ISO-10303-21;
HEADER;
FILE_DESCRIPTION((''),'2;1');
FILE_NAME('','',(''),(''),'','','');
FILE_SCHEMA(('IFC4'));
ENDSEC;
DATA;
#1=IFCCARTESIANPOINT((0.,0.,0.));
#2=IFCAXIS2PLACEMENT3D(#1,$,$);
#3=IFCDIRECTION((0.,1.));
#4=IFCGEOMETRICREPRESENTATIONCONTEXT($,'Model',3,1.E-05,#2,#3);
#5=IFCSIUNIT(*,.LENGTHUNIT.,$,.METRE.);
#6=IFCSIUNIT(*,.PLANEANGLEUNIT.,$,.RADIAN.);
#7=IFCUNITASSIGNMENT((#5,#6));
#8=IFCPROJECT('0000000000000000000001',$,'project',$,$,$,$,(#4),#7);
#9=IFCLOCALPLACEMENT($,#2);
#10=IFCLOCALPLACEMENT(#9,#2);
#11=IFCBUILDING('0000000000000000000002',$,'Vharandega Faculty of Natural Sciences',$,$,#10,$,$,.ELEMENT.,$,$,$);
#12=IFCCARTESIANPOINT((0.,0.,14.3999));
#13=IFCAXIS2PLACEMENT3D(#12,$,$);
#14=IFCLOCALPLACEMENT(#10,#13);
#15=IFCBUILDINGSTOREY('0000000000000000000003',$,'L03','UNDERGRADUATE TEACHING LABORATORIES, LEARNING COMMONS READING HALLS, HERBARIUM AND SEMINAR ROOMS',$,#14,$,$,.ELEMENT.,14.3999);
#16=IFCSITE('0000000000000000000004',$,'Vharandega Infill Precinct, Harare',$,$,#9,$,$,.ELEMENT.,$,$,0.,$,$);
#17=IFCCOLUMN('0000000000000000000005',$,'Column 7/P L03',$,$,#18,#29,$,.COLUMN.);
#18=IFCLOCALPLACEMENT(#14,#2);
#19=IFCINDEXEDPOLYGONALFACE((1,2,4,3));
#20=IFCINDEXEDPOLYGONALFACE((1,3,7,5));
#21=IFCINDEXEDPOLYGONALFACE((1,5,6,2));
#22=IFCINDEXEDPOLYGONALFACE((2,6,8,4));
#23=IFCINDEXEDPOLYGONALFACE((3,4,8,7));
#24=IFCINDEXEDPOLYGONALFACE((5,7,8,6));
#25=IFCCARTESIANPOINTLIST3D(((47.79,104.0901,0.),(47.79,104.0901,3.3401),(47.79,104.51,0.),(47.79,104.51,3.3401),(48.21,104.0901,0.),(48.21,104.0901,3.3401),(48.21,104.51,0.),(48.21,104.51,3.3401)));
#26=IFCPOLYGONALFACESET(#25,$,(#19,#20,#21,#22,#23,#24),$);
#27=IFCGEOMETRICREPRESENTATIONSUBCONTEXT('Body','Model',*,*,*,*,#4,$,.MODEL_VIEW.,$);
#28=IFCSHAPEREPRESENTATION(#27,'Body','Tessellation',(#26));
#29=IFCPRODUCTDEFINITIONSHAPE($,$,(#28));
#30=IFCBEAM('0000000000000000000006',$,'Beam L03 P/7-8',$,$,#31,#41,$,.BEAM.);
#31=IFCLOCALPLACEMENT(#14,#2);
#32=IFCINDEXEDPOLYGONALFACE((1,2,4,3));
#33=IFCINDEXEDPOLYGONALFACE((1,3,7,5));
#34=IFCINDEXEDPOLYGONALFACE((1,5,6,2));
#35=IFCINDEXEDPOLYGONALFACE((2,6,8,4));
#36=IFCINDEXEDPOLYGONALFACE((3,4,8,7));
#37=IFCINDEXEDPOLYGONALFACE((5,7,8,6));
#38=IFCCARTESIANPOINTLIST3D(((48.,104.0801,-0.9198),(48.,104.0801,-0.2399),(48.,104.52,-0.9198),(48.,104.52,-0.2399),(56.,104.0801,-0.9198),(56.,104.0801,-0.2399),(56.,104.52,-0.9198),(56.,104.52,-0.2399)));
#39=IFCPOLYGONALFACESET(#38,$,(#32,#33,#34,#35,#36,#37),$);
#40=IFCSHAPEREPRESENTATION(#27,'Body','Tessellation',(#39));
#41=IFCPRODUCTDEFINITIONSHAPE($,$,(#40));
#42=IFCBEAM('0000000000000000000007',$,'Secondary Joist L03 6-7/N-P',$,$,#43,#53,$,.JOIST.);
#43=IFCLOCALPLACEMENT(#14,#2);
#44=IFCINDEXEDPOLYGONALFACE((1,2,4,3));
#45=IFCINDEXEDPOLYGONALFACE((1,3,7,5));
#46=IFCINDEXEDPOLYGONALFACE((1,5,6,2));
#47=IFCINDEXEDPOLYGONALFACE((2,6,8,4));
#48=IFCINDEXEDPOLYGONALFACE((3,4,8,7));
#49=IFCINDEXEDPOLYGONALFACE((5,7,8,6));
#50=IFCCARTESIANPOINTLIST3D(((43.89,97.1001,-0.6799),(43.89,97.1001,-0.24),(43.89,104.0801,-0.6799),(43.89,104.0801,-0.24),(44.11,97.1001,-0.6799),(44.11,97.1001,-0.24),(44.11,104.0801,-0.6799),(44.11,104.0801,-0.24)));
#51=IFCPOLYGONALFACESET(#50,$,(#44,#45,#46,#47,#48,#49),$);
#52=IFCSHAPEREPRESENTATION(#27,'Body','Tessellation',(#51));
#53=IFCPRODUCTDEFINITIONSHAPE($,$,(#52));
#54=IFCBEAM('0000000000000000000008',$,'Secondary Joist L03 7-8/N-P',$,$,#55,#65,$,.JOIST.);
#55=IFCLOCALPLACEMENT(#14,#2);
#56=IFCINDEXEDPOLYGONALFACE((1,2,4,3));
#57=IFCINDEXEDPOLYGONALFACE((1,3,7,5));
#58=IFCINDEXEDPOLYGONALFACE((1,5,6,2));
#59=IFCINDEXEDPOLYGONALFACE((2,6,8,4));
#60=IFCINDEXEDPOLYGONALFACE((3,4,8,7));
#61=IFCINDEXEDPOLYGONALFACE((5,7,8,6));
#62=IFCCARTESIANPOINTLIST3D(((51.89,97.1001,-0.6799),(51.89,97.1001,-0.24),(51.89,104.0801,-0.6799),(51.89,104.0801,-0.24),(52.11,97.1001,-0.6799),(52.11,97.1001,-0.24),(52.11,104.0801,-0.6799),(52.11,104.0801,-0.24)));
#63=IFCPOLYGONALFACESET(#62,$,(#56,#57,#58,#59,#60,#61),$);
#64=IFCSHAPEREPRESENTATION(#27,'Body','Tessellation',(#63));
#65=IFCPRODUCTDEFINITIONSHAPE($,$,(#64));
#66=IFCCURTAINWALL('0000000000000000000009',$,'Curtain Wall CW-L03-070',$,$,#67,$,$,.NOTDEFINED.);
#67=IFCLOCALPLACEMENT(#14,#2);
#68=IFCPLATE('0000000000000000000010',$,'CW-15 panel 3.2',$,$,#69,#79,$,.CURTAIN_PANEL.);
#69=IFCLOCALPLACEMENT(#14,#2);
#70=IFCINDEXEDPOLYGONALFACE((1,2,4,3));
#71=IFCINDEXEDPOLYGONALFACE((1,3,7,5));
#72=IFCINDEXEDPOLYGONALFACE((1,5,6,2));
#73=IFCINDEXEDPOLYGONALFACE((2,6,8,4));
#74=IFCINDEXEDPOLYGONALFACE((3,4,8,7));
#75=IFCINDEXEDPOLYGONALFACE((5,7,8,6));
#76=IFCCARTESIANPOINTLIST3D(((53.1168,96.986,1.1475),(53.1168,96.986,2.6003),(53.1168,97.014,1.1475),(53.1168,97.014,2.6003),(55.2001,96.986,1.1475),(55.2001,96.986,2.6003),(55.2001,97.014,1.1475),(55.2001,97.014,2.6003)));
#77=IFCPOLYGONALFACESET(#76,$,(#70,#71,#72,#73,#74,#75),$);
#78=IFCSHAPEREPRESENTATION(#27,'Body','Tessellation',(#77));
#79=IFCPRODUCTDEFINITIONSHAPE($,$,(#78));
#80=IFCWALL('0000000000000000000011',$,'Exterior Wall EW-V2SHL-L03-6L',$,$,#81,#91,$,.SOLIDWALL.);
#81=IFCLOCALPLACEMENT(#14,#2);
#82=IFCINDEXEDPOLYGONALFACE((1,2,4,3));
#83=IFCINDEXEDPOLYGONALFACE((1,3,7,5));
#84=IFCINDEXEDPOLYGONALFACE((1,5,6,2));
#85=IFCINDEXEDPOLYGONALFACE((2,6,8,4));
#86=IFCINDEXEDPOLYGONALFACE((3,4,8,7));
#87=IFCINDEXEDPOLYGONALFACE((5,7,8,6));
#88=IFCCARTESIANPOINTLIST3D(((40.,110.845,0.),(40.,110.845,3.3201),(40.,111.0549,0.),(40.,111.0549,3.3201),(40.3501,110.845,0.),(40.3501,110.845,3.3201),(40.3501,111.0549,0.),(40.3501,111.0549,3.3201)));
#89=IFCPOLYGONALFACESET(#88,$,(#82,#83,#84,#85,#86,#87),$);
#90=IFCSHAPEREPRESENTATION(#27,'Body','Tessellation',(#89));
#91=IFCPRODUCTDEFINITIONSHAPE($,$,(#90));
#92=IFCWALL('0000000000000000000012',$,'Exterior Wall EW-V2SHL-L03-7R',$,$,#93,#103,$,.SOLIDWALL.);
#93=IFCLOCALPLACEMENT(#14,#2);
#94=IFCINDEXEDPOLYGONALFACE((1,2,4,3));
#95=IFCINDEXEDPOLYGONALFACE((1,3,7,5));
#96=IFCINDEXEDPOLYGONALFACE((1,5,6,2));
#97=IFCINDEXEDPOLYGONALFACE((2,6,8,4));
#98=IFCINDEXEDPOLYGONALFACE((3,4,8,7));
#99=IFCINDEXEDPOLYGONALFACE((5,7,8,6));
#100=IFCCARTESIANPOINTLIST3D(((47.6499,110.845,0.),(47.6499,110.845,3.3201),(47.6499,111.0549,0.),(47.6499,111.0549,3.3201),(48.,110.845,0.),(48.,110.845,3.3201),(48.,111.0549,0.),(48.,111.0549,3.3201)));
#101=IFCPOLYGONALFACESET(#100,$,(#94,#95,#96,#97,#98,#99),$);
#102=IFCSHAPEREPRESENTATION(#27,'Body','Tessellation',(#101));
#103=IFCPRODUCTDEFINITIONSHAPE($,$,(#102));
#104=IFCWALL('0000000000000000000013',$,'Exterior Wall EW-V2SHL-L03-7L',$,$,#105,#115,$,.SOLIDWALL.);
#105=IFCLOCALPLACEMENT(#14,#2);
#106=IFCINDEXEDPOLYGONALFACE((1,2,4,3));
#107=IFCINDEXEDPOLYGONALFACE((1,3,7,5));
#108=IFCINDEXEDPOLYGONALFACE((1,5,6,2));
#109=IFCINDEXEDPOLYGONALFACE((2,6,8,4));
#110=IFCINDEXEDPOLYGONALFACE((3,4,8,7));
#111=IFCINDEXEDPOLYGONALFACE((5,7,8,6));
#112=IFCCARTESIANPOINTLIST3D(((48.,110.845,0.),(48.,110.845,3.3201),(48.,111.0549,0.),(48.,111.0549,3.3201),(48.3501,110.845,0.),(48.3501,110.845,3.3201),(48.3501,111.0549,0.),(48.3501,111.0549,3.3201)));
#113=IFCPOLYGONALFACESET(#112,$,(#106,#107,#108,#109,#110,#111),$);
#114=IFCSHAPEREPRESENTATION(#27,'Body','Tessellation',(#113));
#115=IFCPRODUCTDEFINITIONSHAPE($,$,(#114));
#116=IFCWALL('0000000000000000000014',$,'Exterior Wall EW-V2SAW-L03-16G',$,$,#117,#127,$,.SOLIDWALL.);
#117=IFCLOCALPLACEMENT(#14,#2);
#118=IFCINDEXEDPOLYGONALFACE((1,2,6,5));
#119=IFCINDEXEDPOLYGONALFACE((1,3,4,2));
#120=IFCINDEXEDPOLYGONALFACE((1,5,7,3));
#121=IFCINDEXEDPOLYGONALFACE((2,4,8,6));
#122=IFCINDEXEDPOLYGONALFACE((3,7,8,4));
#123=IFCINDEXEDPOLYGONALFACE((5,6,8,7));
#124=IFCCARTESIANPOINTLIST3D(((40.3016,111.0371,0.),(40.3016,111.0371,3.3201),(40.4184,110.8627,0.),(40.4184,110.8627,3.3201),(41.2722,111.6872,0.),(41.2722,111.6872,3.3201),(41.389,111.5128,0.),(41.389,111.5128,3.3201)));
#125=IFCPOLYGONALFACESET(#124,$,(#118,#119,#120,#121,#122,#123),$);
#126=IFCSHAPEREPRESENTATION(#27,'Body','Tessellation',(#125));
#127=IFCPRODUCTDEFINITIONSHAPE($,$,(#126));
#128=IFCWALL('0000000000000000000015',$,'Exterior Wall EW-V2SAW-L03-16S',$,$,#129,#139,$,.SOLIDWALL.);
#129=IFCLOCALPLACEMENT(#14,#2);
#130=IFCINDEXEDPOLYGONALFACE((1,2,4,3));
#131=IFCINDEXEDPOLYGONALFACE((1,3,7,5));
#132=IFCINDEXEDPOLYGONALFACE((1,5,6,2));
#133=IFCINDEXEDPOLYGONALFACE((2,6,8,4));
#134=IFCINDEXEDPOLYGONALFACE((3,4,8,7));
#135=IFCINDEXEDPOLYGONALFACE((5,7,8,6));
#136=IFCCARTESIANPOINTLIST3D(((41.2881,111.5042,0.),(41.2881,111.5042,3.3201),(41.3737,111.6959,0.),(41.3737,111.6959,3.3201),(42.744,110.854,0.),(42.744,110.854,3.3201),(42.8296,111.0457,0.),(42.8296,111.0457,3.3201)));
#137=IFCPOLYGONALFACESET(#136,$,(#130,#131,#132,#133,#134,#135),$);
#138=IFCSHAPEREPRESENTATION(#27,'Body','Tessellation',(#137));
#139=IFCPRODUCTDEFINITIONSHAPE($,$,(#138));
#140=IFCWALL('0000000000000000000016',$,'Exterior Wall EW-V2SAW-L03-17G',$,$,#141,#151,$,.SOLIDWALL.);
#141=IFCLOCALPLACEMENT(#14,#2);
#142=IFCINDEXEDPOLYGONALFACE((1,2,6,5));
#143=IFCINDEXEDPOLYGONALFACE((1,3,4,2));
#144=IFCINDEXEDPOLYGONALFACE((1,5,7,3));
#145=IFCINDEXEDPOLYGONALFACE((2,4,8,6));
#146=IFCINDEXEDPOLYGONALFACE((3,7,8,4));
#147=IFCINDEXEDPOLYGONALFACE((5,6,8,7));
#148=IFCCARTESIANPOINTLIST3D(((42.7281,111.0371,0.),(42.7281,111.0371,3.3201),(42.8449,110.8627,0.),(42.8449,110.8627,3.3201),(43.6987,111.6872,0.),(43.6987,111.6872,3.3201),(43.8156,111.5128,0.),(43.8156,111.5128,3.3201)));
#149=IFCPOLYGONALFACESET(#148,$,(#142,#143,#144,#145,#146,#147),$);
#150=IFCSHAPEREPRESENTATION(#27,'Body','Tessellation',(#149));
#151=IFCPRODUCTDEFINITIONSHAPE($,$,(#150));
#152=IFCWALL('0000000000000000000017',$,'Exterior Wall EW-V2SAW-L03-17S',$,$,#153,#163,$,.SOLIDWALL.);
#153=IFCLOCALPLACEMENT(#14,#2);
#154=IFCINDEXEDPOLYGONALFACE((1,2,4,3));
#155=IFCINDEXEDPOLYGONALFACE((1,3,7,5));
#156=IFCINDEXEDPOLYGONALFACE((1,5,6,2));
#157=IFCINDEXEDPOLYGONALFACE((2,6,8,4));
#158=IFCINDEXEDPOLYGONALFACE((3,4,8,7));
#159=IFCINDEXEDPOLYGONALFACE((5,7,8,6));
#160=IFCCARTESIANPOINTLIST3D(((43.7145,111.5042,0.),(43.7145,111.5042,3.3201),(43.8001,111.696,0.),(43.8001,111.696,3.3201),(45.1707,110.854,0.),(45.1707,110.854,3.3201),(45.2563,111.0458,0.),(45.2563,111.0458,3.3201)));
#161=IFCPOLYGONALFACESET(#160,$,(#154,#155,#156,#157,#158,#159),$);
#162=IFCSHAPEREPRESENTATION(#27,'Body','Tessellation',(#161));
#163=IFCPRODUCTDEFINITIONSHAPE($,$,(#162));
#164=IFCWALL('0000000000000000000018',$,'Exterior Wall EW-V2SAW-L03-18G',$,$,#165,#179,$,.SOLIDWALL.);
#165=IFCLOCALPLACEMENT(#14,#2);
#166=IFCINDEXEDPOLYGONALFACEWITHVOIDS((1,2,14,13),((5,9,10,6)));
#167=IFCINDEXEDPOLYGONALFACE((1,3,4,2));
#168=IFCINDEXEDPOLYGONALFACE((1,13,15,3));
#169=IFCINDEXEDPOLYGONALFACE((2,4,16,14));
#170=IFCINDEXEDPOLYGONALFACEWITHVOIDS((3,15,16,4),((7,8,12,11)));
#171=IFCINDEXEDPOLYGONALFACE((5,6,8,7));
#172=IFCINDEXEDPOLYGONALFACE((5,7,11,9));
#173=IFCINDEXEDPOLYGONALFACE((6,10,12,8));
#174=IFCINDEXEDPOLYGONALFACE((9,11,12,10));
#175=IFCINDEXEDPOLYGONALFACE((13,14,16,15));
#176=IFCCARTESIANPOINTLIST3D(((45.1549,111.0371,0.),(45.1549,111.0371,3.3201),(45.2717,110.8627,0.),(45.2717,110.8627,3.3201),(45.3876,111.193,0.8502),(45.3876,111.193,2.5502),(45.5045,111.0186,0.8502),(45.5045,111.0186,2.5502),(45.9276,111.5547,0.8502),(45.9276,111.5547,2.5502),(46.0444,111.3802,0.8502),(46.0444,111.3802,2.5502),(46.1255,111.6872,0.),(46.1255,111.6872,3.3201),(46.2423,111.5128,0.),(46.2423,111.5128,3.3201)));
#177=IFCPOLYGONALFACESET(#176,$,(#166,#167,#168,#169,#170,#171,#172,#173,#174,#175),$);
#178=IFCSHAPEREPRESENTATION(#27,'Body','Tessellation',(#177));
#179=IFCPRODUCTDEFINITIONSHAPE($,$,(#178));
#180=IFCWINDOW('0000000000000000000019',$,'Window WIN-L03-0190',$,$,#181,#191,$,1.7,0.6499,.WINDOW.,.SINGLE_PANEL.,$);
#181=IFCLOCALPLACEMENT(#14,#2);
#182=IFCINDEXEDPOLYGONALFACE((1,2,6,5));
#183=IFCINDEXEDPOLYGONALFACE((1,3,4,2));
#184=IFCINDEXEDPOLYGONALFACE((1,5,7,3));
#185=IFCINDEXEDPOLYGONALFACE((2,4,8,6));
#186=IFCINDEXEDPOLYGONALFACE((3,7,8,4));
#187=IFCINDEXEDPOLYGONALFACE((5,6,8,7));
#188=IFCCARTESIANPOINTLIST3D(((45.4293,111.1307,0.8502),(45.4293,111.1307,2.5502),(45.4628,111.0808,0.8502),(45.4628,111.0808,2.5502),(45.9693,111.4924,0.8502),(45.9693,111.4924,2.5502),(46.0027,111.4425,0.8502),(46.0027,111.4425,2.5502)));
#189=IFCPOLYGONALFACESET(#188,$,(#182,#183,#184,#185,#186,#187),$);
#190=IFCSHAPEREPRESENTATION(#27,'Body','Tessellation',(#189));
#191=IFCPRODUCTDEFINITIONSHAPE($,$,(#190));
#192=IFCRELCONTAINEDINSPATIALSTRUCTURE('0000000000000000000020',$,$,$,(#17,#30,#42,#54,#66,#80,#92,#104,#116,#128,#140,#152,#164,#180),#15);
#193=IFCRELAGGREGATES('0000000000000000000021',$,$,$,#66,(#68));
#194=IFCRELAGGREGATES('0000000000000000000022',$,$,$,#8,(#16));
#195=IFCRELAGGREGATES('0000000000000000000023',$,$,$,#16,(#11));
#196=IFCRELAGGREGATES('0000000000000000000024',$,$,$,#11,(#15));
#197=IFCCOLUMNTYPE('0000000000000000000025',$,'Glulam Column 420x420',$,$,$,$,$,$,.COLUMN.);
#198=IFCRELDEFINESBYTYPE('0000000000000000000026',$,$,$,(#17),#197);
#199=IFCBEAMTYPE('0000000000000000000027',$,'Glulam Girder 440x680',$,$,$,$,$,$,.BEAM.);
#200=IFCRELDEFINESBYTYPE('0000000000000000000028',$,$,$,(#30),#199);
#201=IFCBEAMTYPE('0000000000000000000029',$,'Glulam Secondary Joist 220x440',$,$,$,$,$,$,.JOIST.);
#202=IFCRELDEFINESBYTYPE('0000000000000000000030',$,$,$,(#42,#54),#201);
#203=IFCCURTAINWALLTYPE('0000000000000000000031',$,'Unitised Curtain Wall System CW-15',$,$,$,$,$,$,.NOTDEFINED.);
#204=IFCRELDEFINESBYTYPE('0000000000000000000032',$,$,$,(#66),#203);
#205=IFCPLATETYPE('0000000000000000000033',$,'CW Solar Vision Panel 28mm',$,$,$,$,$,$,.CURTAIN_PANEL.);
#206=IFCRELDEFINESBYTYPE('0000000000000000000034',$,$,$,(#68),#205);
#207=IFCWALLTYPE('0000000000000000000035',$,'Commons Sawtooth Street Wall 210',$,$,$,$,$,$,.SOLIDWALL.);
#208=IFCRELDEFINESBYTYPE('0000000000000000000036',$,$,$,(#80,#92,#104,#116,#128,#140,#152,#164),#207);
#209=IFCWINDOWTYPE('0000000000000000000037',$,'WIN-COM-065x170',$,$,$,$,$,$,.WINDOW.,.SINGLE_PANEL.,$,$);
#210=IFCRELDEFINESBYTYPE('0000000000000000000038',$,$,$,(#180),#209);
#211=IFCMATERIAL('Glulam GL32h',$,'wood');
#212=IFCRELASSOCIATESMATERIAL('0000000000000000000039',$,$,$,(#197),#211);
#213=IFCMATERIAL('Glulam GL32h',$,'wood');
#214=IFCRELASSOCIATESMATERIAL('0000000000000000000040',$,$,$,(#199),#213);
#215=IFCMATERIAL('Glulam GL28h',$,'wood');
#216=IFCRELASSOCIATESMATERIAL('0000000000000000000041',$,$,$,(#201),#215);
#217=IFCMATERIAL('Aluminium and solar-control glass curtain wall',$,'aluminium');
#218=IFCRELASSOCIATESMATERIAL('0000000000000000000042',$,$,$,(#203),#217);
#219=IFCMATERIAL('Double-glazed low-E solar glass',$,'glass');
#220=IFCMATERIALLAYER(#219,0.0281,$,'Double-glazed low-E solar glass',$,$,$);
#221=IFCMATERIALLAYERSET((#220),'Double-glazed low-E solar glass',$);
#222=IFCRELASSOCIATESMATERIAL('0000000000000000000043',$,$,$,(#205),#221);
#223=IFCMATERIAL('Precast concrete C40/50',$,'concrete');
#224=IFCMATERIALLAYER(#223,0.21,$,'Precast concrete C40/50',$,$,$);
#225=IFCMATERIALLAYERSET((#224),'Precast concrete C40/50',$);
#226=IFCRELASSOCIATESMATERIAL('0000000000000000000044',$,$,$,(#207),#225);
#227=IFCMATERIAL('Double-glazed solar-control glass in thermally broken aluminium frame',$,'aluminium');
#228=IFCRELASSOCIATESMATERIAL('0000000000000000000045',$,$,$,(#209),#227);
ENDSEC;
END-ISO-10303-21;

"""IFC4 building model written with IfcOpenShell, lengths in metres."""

from ifc_helpers import new_model, si_unit, direction, frame, frame_2d, origin, origin_2d, place, context, subcontext, project, spatial, rectangle, extrude, material, layer, layer_set, material_profile, profile_set, type_object, element, fill, aggregate, save


model = new_model("IFC4")

# Units and contexts
model_context = context("Model", 3, precision=1e-05, world=origin(), true_north=direction((0.0, 1.0)))
body_context = subcontext(model_context, "Body", "Model", "MODEL_VIEW")
ifc_project = project(units=[si_unit("LENGTHUNIT", "METRE"), si_unit("PLANEANGLEUNIT", "RADIAN")], contexts=[model_context])

# Site, building, storey
site_placement = place(None, origin())
site = spatial("IfcSite", under=ifc_project, at=site_placement, Name="Vharandega Infill Precinct, Harare", CompositionType="ELEMENT", RefElevation=0.0)
building_placement = place(site_placement, origin())
building = spatial("IfcBuilding", under=site, at=building_placement, Name="Vharandega Faculty of Natural Sciences", CompositionType="ELEMENT")
storey_placement = place(building_placement, frame((0.0, 0.0, 14.3999)))
storey = spatial("IfcBuildingStorey", under=building, at=storey_placement, Name="L03", Description="UNDERGRADUATE TEACHING LABORATORIES, LEARNING COMMONS READING HALLS, HERBARIUM AND SEMINAR ROOMS", CompositionType="ELEMENT", Elevation=14.3999)

# Column
ifc_material_1 = material(Name="Glulam GL32h", Category="wood")
ifc_material_profile_1 = material_profile(ifc_material_1, rectangle(XDim=0.4199, YDim=0.4199, at=origin_2d()), Name="GL32h 420x420")
ifc_profile_set_1 = profile_set([ifc_material_profile_1], Name="Glulam GL32h")
column_type = type_object("IfcColumnType", Name="Glulam Column 420x420", PredefinedType="COLUMN", material=ifc_profile_set_1)
column_placement = place(storey_placement, frame((48.0, 104.3, 0.0), z_axis=(0.0, 0.0, 1.0), x_axis=(1.0, 0.0, 0.0)))
element("IfcColumn", 1, at=column_placement, inside=storey, type_object=column_type, Name="Column 7/P L03", PredefinedType="COLUMN", context=body_context, shape_type="SweptSolid", body=[
    extrude(rectangle(XDim=0.4199, YDim=0.4199, at=origin_2d()), origin(), (0.0, 0.0, 1.0), 3.3401),
])

# Beams
ifc_material_2 = material(Name="Glulam GL32h", Category="wood")
ifc_material_profile_2 = material_profile(ifc_material_2, rectangle(XDim=0.4399, YDim=0.6799, at=origin_2d()), Name="GL32h 440x680")
ifc_profile_set_2 = profile_set([ifc_material_profile_2], Name="Glulam GL32h")
beam_type_1 = type_object("IfcBeamType", Name="Glulam Girder 440x680", PredefinedType="BEAM", material=ifc_profile_set_2)
beam_placement = place(storey_placement, frame((48.0, 104.3, -0.5798), z_axis=(1.0, 0.0, 0.0), x_axis=(0.0, 1.0, 0.0)))
element("IfcBeam", 2, at=beam_placement, inside=storey, type_object=beam_type_1, Name="Beam L03 P/7-8", PredefinedType="BEAM", context=body_context, shape_type="SweptSolid", body=[
    extrude(rectangle(XDim=0.4399, YDim=0.6799, at=origin_2d()), origin(), (0.0, 0.0, 1.0), 8.0),
])
ifc_material_3 = material(Name="Glulam GL28h", Category="wood")
ifc_material_profile_3 = material_profile(ifc_material_3, rectangle(XDim=0.22, YDim=0.4399, at=origin_2d()), Name="GL28h 220x440")
ifc_profile_set_3 = profile_set([ifc_material_profile_3], Name="Glulam GL28h")
beam_type_2 = type_object("IfcBeamType", Name="Glulam Secondary Joist 220x440", PredefinedType="JOIST", material=ifc_profile_set_3)
for number, where, z_axis, x_axis, name in (
    (3, (44.0, 97.1001, -0.46), (0.0, 1.0, 0.0), (-1.0, 0.0, 0.0), "Secondary Joist L03 6-7/N-P"),
    (4, (52.0, 97.1001, -0.46), (0.0, 1.0, 0.0), (-1.0, 0.0, 0.0), "Secondary Joist L03 7-8/N-P"),
):
    element("IfcBeam", number, at=place(storey_placement, frame(where, z_axis=z_axis, x_axis=x_axis)), inside=storey, type_object=beam_type_2, Name=name, PredefinedType="JOIST", context=body_context, shape_type="SweptSolid", body=[
        extrude(rectangle(XDim=0.22, YDim=0.4399, at=origin_2d()), origin(), (0.0, 0.0, 1.0), 6.98),
    ])

# Curtain wall, plate
ifc_material_4 = material(Name="Aluminium and solar-control glass curtain wall", Category="aluminium")
curtain_wall_type = type_object("IfcCurtainWallType", Name="Unitised Curtain Wall System CW-15", PredefinedType="NOTDEFINED", material=ifc_material_4)
curtain_wall_placement = place(storey_placement, origin())
curtain_wall = element("IfcCurtainWall", 5, at=curtain_wall_placement, inside=storey, type_object=curtain_wall_type, Name="Curtain Wall CW-L03-070", PredefinedType="NOTDEFINED")
ifc_material_5 = material(Name="Double-glazed low-E solar glass", Category="glass")
ifc_layer_1 = layer(ifc_material_5, 0.0281, Name="Double-glazed low-E solar glass")
ifc_layer_set_1 = layer_set([ifc_layer_1], Name="Double-glazed low-E solar glass")
plate_type = type_object("IfcPlateType", Name="CW Solar Vision Panel 28mm", PredefinedType="CURTAIN_PANEL", material=ifc_layer_set_1)
plate_placement = place(storey_placement, frame((54.1584, 97.0, 1.1475), z_axis=(0.0, 0.0, 1.0), x_axis=(1.0, 0.0, 0.0)))
plate = element("IfcPlate", 6, at=plate_placement, type_object=plate_type, Name="CW-15 panel 3.2", PredefinedType="CURTAIN_PANEL", context=body_context, shape_type="SweptSolid", body=[
    extrude(rectangle(XDim=2.0833, YDim=0.0281, at=origin_2d()), origin(), (0.0, 0.0, 1.0), 1.4529),
])
aggregate(curtain_wall, [plate])

# Walls
ifc_material_6 = material(Name="Precast concrete C40/50", Category="concrete")
ifc_layer_2 = layer(ifc_material_6, 0.21, Name="Precast concrete C40/50")
ifc_layer_set_2 = layer_set([ifc_layer_2], Name="Precast concrete C40/50")
wall_type_1 = type_object("IfcWallType", Name="Commons Sawtooth Street Wall 210", PredefinedType="SOLIDWALL", material=ifc_layer_set_2)
for number, where, z_axis, x_axis, name in (
    (7, (40.0, 110.95, 0.0), (0.0, 0.0, 1.0), (1.0, 0.0, 0.0), "Exterior Wall EW-V2SHL-L03-6L"),
    (8, (47.6499, 110.95, 0.0), (0.0, 0.0, 1.0), (1.0, 0.0, 0.0), "Exterior Wall EW-V2SHL-L03-7R"),
    (9, (48.0, 110.95, 0.0), (0.0, 0.0, 1.0), (1.0, 0.0, 0.0), "Exterior Wall EW-V2SHL-L03-7L"),
):
    element("IfcWall", number, at=place(storey_placement, frame(where, z_axis=z_axis, x_axis=x_axis)), inside=storey, type_object=wall_type_1, Name=name, PredefinedType="SOLIDWALL", context=body_context, shape_type="SweptSolid", body=[
        extrude(rectangle(XDim=0.3501, YDim=0.21, at=frame_2d((0.175, 0.0))), origin(), (0.0, 0.0, 1.0), 3.3201),
    ])
wall_1_placement = place(storey_placement, frame((40.3601, 110.95, 0.0), z_axis=(0.0, 0.0, 1.0), x_axis=(0.830859, 0.556483, 0.0)))
element("IfcWall", 10, at=wall_1_placement, inside=storey, type_object=wall_type_1, Name="Exterior Wall EW-V2SAW-L03-16G", PredefinedType="SOLIDWALL", context=body_context, shape_type="SweptSolid", body=[
    extrude(rectangle(XDim=1.1682, YDim=0.21, at=frame_2d((0.584, 0.0))), origin(), (0.0, 0.0, 1.0), 3.3201),
])
wall_2_placement = place(storey_placement, frame((41.3308, 111.6001, 0.0), z_axis=(0.0, 0.0, 1.0), x_axis=(0.913084, -0.407772, 0.0)))
element("IfcWall", 11, at=wall_2_placement, inside=storey, type_object=wall_type_1, Name="Exterior Wall EW-V2SAW-L03-16S", PredefinedType="SOLIDWALL", context=body_context, shape_type="SweptSolid", body=[
    extrude(rectangle(XDim=1.5945, YDim=0.21, at=frame_2d((0.7974, 0.0))), origin(), (0.0, 0.0, 1.0), 3.3201),
])
wall_3_placement = place(storey_placement, frame((42.7866, 110.95, 0.0), z_axis=(0.0, 0.0, 1.0), x_axis=(0.830859, 0.556483, 0.0)))
element("IfcWall", 12, at=wall_3_placement, inside=storey, type_object=wall_type_1, Name="Exterior Wall EW-V2SAW-L03-17G", PredefinedType="SOLIDWALL", context=body_context, shape_type="SweptSolid", body=[
    extrude(rectangle(XDim=1.1682, YDim=0.21, at=frame_2d((0.584, 0.0))), origin(), (0.0, 0.0, 1.0), 3.3201),
])
wall_4_placement = place(storey_placement, frame((43.7573, 111.6001, 0.0), z_axis=(0.0, 0.0, 1.0), x_axis=(0.913109, -0.407715, 0.0)))
element("IfcWall", 13, at=wall_4_placement, inside=storey, type_object=wall_type_1, Name="Exterior Wall EW-V2SAW-L03-17S", PredefinedType="SOLIDWALL", context=body_context, shape_type="SweptSolid", body=[
    extrude(rectangle(XDim=1.5947, YDim=0.21, at=frame_2d((0.7974, 0.0))), origin(), (0.0, 0.0, 1.0), 3.3201),
])

# Wall, opening, window
wall_5_placement = place(storey_placement, frame((45.2134, 110.95, 0.0), z_axis=(0.0, 0.0, 1.0), x_axis=(0.830859, 0.556483, 0.0)))
wall_5 = element("IfcWall", 14, at=wall_5_placement, inside=storey, type_object=wall_type_1, Name="Exterior Wall EW-V2SAW-L03-18G", PredefinedType="SOLIDWALL", context=body_context, shape_type="SweptSolid", body=[
    extrude(rectangle(XDim=1.1682, YDim=0.21, at=frame_2d((0.584, 0.0))), origin(), (0.0, 0.0, 1.0), 3.3201),
])
opening_1_placement = place(wall_5_placement, frame((0.28, 0.0, 0.8501)))
opening_1 = element("IfcOpeningElement", 15, at=opening_1_placement, cuts=wall_5, PredefinedType="OPENING", context=body_context, shape_type="SweptSolid", body=[
    extrude(rectangle(XDim=0.6499, YDim=1.7, at=frame_2d((0.325, 0.8501))), frame((0.0, 0.115, 0.0), z_axis=(0.0, -1.0, 0.0), x_axis=(1.0, 0.0, 0.0)), (0.0, 0.0, 1.0), 0.23),
])
ifc_material_7 = material(Name="Double-glazed solar-control glass in thermally broken aluminium frame", Category="aluminium")
window_type = type_object("IfcWindowType", Name="WIN-COM-065x170", PartitioningType="SINGLE_PANEL", PredefinedType="WINDOW", material=ifc_material_7)
window_1_placement = place(opening_1_placement, origin())
window_1 = element("IfcWindow", 16, at=window_1_placement, inside=storey, type_object=window_type, Name="Window WIN-L03-0190", OverallHeight=1.7, OverallWidth=0.6499, PartitioningType="SINGLE_PANEL", PredefinedType="WINDOW", context=body_context, shape_type="SweptSolid", body=[
    extrude(rectangle(XDim=0.6499, YDim=1.7, at=frame_2d((0.325, 0.8501))), frame((0.0, 0.03, 0.0), z_axis=(0.0, -1.0, 0.0), x_axis=(1.0, 0.0, 0.0)), (0.0, 0.0, 1.0), 0.0601),
])
fill(opening_1, window_1)

save(model, "model.ifc")
